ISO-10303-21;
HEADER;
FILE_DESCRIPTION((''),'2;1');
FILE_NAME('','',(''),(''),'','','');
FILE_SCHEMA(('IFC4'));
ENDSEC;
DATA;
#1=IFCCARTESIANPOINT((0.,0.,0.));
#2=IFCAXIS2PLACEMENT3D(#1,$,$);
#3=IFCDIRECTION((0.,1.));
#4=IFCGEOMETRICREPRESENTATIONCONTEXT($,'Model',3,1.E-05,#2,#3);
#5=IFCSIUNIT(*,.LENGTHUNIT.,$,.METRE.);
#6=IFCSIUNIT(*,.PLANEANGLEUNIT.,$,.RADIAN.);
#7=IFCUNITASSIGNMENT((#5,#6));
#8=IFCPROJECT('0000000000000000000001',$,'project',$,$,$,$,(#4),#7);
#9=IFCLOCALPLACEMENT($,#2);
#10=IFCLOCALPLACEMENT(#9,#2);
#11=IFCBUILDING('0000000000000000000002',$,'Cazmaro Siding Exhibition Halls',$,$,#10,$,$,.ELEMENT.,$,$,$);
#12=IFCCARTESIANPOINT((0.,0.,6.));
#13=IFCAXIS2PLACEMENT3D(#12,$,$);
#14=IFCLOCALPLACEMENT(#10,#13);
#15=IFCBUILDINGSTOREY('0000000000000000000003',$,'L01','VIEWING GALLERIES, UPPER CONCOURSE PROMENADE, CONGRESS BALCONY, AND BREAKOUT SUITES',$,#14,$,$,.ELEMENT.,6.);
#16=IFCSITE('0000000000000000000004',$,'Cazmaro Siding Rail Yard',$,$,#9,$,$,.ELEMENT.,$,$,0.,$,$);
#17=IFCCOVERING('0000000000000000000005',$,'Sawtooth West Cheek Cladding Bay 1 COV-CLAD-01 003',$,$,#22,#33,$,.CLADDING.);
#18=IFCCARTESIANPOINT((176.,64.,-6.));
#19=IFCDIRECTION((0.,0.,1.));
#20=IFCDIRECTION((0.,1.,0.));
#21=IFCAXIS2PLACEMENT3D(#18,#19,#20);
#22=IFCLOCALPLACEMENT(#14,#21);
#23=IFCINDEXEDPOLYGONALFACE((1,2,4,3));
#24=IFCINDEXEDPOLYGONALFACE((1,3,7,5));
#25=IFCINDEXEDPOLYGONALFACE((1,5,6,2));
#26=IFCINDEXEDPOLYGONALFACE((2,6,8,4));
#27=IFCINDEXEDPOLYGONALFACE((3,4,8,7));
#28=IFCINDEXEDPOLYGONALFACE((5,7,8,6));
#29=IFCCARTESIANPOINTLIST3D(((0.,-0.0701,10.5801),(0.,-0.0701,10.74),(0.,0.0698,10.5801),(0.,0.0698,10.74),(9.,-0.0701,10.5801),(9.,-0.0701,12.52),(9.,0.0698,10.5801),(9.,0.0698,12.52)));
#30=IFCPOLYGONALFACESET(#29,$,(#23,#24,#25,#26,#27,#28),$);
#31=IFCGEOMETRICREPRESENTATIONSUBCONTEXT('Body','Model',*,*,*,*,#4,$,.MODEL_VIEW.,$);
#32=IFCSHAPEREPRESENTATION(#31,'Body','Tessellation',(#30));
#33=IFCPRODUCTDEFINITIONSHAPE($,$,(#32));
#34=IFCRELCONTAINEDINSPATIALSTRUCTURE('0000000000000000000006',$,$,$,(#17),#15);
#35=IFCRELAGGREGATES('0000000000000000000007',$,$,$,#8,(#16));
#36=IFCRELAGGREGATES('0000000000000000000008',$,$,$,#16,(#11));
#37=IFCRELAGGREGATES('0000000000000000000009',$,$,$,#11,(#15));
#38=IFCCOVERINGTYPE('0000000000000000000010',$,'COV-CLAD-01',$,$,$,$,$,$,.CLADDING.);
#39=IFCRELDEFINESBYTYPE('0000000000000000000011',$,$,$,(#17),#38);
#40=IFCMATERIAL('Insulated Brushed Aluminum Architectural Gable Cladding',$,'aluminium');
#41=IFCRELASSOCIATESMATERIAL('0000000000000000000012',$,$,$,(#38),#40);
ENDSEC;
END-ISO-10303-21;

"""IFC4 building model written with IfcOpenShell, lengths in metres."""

from ifc_helpers import new_model, si_unit, direction, frame, origin, place, context, subcontext, project, spatial, polyline, outline, extrude, material, type_object, element, save


model = new_model("IFC4")

# Units and contexts
model_context = context("Model", 3, precision=1e-05, world=origin(), true_north=direction((0.0, 1.0)))
body_context = subcontext(model_context, "Body", "Model", "MODEL_VIEW")
ifc_project = project(units=[si_unit("LENGTHUNIT", "METRE"), si_unit("PLANEANGLEUNIT", "RADIAN")], contexts=[model_context])

# Site, building, storey
site_placement = place(None, origin())
site = spatial("IfcSite", under=ifc_project, at=site_placement, Name="Cazmaro Siding Rail Yard", CompositionType="ELEMENT", RefElevation=0.0)
building_placement = place(site_placement, origin())
building = spatial("IfcBuilding", under=site, at=building_placement, Name="Cazmaro Siding Exhibition Halls", CompositionType="ELEMENT")
storey_placement = place(building_placement, frame((0.0, 0.0, 6.0)))
storey = spatial("IfcBuildingStorey", under=building, at=storey_placement, Name="L01", Description="VIEWING GALLERIES, UPPER CONCOURSE PROMENADE, CONGRESS BALCONY, AND BREAKOUT SUITES", CompositionType="ELEMENT", Elevation=6.0)

# Covering
ifc_material_1 = material(Name="Insulated Brushed Aluminum Architectural Gable Cladding", Category="aluminium")
covering_type = type_object("IfcCoveringType", Name="COV-CLAD-01", PredefinedType="CLADDING", material=ifc_material_1)
covering_placement = place(storey_placement, frame((176.0, 64.0, -6.0), z_axis=(0.0, 0.0, 1.0), x_axis=(0.0, 1.0, 0.0)))
element("IfcCovering", 1, at=covering_placement, inside=storey, type_object=covering_type, Name="Sawtooth West Cheek Cladding Bay 1 COV-CLAD-01 003", PredefinedType="CLADDING", context=body_context, shape_type="SweptSolid", body=[
    extrude(outline(polyline([(0.0, 10.5801), (9.0, 10.5801), (9.0, 12.52), (0.0, 10.74), (0.0, 10.5801)])), frame((0.0, 0.0698, 0.0), z_axis=(0.0, -1.0, 0.0), x_axis=(1.0, 0.0, 0.0)), (0.0, 0.0, 1.0), 0.1399),
])

save(model, "model.ifc")
